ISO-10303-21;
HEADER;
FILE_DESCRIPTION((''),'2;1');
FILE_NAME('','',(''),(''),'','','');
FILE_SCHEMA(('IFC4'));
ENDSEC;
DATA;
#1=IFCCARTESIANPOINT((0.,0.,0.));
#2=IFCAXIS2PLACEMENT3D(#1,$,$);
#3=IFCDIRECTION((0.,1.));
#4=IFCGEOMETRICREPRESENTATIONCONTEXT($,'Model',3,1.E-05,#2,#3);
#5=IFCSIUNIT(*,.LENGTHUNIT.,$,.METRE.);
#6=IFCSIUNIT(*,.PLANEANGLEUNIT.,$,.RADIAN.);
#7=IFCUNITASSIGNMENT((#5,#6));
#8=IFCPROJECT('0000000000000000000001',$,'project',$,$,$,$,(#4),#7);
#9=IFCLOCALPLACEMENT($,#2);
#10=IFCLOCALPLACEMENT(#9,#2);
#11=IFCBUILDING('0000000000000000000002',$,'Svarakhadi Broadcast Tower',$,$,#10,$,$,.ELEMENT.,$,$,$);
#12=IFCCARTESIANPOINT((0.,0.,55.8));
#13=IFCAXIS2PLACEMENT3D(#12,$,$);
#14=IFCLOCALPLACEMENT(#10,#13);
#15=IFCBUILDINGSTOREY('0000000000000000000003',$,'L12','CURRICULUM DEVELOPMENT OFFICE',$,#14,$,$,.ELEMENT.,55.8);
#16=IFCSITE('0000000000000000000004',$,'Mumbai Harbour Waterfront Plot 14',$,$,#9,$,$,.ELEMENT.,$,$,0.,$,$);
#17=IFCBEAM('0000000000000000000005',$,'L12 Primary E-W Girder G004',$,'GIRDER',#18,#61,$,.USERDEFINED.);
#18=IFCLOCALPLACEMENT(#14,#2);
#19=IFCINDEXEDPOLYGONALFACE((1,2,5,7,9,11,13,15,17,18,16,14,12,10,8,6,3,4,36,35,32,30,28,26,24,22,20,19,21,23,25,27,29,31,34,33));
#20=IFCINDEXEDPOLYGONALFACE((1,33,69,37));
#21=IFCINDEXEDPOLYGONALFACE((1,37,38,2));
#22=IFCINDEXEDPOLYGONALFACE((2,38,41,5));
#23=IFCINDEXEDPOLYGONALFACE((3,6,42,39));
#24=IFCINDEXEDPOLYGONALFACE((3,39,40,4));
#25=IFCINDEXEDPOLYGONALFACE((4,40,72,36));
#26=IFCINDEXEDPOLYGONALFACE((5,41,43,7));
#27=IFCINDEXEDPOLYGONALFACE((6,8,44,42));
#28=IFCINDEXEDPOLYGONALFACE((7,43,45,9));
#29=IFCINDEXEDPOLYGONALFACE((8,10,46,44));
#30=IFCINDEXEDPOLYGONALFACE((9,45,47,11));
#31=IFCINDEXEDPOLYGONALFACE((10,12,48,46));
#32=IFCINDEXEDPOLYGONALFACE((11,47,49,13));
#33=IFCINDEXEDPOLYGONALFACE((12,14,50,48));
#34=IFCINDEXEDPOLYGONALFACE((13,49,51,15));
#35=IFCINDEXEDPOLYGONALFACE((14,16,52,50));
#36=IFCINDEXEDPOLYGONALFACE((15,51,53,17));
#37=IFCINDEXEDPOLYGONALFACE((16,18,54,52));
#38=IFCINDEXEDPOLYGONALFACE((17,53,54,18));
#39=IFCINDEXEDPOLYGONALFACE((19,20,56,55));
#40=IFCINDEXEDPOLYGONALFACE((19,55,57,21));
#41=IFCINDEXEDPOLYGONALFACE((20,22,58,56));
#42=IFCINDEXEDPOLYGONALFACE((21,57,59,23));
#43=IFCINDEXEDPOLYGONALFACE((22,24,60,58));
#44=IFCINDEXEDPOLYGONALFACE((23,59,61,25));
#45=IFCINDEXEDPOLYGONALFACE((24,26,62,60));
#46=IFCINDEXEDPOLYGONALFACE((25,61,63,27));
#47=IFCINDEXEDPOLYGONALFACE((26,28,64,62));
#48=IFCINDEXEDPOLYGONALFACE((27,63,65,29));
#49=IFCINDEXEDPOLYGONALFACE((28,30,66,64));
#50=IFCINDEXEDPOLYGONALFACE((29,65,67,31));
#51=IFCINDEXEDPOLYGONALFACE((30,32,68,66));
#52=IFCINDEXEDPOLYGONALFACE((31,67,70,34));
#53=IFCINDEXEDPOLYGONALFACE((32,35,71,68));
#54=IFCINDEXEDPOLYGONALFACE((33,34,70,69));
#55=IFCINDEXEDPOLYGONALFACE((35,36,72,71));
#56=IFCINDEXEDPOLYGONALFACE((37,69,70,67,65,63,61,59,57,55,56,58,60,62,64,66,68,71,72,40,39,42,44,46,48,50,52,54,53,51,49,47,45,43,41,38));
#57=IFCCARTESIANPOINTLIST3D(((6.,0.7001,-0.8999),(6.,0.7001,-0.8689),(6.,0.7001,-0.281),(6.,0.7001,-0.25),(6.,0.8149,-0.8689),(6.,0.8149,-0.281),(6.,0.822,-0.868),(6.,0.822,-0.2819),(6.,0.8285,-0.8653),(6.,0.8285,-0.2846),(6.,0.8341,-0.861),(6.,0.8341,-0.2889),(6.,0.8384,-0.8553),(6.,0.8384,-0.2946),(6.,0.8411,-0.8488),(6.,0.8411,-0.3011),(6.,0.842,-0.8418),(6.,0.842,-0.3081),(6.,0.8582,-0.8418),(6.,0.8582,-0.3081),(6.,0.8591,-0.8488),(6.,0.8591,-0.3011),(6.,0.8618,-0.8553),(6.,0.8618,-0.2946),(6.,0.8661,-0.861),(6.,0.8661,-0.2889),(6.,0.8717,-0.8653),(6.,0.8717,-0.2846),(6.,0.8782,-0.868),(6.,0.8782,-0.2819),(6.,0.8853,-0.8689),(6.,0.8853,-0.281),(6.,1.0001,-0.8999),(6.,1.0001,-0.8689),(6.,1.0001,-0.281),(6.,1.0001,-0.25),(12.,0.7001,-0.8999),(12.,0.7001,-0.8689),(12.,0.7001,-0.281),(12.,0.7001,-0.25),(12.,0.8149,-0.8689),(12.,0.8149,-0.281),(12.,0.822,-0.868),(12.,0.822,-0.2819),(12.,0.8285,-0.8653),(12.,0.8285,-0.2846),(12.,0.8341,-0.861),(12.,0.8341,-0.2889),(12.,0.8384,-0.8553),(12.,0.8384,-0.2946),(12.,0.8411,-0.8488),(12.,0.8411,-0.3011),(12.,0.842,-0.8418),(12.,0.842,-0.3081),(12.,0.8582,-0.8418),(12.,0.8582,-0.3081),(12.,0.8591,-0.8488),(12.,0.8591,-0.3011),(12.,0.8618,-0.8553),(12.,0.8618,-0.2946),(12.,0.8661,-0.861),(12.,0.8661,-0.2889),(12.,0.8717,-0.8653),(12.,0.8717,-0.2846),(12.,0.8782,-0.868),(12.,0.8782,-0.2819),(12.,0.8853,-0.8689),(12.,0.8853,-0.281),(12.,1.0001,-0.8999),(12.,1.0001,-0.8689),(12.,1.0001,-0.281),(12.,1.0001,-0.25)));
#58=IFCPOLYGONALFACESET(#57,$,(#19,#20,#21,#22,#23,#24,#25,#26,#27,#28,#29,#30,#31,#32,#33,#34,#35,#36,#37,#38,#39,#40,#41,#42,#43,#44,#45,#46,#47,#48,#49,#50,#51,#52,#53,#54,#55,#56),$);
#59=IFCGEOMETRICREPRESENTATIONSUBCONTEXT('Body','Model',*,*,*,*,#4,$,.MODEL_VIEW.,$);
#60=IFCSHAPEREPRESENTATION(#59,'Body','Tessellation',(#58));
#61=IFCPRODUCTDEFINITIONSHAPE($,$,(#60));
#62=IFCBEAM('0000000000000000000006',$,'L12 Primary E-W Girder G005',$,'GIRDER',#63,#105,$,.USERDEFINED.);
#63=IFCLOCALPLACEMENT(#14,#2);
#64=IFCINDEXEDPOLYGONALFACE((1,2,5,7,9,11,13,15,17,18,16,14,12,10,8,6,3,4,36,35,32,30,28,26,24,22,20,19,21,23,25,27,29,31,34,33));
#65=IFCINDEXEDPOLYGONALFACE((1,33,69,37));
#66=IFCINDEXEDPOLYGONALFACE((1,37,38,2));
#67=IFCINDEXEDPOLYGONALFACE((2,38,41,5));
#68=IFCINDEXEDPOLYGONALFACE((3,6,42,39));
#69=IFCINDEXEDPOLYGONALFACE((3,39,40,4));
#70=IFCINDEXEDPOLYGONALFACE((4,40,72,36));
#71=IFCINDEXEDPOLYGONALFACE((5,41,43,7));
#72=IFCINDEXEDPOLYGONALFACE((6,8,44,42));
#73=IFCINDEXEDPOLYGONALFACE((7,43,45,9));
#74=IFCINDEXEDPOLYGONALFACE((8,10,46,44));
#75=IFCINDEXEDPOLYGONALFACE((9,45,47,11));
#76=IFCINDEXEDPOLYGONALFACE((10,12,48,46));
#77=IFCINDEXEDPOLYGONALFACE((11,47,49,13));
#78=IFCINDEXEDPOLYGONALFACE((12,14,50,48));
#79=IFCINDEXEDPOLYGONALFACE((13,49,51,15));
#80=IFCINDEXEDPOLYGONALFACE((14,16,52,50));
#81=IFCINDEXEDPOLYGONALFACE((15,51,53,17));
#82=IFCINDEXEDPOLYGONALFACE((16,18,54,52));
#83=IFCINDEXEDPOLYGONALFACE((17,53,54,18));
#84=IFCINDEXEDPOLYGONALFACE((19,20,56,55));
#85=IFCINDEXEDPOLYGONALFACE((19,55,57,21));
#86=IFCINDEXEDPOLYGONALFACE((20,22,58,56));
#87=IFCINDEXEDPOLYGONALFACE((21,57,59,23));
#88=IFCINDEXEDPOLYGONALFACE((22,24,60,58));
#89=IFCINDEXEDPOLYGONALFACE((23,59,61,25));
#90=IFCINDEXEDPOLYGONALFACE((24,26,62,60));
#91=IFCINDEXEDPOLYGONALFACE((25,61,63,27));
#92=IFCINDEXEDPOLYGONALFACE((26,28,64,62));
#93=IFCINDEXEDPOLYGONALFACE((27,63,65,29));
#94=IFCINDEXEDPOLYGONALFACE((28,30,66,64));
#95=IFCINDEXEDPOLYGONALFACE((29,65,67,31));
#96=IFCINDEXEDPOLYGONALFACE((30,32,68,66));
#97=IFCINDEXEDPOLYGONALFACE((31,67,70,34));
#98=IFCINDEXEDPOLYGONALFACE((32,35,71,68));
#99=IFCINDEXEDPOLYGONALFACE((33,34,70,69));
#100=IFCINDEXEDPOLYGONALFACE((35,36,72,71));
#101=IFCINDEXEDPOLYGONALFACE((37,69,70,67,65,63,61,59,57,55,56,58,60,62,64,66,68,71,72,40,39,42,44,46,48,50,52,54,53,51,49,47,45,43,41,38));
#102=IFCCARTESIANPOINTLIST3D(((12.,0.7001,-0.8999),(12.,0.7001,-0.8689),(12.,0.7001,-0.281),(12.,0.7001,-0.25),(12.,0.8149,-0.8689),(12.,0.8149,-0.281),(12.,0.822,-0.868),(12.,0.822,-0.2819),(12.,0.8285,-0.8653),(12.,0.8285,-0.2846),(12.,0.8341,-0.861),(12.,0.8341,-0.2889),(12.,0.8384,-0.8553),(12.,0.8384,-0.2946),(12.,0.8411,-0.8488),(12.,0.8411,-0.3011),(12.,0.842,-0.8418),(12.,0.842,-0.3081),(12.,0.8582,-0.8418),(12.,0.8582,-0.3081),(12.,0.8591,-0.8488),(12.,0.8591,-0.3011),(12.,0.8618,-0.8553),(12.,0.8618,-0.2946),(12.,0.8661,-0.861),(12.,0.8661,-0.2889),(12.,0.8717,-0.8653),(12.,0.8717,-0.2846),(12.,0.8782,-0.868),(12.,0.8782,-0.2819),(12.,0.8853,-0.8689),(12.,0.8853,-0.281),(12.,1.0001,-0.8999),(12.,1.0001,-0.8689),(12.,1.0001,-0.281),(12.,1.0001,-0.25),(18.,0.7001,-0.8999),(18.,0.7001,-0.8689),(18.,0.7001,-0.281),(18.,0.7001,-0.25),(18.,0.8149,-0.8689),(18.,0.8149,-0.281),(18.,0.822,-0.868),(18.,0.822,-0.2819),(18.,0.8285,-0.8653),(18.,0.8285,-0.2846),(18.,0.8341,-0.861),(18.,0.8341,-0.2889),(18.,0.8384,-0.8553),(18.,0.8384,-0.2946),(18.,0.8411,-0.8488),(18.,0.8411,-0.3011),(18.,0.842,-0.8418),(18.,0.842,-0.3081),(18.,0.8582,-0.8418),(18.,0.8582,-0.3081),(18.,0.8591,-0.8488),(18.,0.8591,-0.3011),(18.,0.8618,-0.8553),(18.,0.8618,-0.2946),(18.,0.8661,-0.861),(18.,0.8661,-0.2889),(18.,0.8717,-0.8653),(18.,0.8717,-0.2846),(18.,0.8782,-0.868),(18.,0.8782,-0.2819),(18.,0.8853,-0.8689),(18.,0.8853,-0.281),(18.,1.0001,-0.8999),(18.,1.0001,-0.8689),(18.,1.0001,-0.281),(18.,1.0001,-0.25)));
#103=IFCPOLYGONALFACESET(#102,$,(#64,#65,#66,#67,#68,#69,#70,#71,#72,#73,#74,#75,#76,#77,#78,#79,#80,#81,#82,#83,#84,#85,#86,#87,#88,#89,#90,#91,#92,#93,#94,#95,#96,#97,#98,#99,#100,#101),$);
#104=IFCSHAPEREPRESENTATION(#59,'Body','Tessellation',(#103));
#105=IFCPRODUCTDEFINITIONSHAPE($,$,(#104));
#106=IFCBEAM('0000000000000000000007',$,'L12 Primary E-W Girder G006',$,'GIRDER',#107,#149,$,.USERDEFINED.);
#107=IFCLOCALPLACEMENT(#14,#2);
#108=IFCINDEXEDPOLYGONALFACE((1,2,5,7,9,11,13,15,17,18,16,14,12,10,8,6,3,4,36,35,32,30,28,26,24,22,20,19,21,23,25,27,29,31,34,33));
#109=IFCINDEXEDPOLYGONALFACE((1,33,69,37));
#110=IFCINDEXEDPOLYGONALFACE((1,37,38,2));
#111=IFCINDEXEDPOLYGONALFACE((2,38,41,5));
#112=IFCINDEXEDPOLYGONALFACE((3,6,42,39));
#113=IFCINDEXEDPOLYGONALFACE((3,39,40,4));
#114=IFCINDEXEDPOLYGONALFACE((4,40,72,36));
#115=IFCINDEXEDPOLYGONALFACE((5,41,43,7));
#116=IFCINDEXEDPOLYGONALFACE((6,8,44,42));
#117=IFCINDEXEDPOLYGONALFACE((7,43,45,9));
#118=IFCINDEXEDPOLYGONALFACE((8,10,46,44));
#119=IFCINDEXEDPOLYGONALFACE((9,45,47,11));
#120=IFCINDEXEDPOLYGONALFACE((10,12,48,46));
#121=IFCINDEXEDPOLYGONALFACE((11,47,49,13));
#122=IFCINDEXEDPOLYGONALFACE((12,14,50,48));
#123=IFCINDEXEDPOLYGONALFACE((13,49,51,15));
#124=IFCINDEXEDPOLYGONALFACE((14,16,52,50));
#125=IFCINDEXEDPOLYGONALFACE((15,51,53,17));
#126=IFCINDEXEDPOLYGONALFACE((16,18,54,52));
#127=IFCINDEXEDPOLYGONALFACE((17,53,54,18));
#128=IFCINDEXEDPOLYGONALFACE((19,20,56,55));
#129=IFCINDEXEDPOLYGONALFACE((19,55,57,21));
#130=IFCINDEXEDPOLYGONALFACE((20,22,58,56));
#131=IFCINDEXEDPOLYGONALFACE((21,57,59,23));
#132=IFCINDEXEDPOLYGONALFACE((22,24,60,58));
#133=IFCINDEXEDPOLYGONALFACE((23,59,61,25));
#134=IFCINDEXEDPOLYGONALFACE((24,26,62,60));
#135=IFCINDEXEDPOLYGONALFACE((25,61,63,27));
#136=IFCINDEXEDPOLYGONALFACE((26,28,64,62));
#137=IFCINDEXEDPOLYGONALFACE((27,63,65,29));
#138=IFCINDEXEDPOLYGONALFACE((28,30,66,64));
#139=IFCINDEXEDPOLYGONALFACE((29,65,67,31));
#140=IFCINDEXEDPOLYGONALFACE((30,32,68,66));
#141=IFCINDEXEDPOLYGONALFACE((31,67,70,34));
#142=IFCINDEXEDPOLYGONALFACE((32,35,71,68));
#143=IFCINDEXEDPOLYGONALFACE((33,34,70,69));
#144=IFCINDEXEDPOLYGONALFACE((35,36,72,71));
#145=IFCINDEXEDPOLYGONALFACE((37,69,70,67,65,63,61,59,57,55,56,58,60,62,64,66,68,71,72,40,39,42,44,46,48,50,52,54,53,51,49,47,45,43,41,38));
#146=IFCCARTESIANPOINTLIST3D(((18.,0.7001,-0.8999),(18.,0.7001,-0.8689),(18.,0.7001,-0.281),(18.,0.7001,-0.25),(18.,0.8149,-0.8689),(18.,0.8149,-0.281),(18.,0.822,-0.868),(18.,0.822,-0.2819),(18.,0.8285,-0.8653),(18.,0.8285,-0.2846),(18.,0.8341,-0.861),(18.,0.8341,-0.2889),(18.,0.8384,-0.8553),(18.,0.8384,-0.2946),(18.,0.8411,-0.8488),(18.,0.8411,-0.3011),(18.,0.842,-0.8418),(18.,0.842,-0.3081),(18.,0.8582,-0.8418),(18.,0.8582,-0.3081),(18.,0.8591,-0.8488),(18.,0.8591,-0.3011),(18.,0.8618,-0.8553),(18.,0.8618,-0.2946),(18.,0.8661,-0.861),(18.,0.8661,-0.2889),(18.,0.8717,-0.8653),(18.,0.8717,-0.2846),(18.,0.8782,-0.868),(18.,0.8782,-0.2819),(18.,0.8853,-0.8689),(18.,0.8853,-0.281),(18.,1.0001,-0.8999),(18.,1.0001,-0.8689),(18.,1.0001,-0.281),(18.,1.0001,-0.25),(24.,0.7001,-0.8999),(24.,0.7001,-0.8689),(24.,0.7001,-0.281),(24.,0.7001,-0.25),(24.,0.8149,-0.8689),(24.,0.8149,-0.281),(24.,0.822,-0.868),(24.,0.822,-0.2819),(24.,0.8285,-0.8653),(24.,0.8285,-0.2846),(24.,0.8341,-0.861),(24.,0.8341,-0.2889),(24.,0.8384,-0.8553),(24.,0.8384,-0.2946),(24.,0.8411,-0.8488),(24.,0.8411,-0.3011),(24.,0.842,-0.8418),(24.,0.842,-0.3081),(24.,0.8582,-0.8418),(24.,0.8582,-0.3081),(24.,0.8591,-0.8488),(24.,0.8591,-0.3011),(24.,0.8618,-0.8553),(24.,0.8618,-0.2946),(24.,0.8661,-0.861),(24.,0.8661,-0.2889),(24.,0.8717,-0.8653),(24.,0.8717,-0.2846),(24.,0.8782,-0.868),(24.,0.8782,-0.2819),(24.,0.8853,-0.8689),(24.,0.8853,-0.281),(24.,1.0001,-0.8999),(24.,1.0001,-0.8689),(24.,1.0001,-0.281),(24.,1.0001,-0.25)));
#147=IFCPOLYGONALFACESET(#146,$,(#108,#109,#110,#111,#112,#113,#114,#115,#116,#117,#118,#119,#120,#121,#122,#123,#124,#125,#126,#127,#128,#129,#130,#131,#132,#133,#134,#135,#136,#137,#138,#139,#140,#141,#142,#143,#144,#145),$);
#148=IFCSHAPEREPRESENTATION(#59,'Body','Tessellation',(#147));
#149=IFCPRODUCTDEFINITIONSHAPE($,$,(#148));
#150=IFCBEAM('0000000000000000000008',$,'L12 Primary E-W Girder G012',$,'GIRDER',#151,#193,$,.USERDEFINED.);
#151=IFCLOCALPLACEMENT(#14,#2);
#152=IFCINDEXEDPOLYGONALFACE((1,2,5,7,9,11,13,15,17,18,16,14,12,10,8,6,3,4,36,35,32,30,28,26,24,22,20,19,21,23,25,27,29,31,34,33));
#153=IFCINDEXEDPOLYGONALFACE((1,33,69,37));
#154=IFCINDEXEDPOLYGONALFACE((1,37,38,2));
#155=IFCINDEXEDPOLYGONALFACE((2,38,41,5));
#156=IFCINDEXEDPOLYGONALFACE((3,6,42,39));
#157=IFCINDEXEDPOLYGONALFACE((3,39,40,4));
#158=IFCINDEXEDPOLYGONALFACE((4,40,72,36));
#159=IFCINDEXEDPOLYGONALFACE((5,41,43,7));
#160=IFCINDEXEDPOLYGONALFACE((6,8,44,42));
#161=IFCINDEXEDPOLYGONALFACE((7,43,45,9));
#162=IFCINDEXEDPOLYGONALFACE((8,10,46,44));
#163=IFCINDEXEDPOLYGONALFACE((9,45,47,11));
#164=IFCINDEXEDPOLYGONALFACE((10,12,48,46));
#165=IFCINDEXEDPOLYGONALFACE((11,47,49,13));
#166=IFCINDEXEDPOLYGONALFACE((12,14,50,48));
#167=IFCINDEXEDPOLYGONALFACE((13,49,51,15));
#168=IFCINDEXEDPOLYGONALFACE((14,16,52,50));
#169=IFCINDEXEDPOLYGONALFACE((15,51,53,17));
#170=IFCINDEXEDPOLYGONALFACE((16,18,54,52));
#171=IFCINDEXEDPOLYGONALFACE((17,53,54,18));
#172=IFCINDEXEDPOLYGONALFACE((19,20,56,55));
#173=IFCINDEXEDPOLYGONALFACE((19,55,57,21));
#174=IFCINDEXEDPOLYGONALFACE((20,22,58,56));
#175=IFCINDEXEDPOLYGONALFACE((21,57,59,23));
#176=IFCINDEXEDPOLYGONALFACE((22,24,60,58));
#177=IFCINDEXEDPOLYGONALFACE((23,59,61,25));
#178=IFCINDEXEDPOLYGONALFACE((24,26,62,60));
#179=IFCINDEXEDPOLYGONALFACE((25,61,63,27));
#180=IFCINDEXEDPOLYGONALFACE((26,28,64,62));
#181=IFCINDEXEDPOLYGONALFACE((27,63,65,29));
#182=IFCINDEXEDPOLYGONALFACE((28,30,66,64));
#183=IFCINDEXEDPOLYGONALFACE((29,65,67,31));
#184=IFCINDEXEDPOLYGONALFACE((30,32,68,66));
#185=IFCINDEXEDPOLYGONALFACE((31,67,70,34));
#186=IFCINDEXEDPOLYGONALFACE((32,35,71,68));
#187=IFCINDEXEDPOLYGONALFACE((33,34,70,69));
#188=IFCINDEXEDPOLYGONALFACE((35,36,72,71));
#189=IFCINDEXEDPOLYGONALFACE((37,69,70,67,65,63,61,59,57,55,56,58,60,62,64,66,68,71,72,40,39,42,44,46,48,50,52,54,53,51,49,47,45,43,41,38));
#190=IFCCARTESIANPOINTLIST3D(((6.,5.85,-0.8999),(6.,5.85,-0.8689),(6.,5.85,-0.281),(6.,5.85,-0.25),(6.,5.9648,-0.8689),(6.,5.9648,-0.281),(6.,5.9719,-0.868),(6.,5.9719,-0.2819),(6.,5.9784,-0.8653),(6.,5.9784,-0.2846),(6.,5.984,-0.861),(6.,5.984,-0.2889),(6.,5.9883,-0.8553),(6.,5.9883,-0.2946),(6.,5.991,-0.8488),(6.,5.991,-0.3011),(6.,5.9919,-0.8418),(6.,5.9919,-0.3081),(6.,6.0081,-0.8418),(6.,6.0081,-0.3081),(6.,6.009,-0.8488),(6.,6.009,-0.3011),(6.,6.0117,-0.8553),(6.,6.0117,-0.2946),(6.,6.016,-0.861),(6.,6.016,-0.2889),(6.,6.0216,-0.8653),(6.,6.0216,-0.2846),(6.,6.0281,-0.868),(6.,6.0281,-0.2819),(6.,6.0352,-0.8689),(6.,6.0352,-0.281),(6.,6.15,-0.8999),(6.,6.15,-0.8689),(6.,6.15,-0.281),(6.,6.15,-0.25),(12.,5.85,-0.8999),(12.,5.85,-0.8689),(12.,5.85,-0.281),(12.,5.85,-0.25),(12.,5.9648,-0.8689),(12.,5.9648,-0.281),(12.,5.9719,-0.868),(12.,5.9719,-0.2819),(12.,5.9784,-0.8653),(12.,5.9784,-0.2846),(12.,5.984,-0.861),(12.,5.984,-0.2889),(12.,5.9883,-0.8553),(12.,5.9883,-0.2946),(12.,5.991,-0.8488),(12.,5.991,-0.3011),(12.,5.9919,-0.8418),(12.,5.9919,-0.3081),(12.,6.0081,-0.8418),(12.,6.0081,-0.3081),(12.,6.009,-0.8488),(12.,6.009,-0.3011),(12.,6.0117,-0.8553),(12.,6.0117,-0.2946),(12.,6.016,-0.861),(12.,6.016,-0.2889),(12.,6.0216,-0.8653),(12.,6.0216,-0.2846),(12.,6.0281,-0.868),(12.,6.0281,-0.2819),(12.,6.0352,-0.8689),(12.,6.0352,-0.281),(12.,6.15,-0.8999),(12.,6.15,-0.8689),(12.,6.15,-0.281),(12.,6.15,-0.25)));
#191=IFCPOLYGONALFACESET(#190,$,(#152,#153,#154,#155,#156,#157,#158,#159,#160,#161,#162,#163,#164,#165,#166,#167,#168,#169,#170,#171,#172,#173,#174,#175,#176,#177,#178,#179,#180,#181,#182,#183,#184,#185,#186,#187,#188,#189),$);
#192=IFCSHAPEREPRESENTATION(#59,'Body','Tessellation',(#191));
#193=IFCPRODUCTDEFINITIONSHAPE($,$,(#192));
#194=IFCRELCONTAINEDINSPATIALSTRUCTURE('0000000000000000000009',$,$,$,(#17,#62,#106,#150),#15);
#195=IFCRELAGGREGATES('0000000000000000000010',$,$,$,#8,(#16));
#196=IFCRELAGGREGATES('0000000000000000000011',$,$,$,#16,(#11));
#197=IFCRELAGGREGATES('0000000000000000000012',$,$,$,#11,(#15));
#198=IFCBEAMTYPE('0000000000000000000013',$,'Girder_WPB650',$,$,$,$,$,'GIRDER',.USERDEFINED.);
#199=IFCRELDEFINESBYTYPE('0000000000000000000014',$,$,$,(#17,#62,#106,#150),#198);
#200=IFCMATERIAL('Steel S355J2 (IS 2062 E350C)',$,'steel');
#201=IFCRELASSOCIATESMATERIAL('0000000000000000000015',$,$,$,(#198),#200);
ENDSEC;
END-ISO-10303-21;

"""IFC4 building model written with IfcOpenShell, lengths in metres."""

from ifc_helpers import new_model, si_unit, direction, frame, origin, origin_2d, place, context, subcontext, project, spatial, i_section, extrude, material, material_profile, profile_set, type_object, element, save


model = new_model("IFC4")

# Units and contexts
model_context = context("Model", 3, precision=1e-05, world=origin(), true_north=direction((0.0, 1.0)))
body_context = subcontext(model_context, "Body", "Model", "MODEL_VIEW")
ifc_project = project(units=[si_unit("LENGTHUNIT", "METRE"), si_unit("PLANEANGLEUNIT", "RADIAN")], contexts=[model_context])

# Site, building, storey
site_placement = place(None, origin())
site = spatial("IfcSite", under=ifc_project, at=site_placement, Name="Mumbai Harbour Waterfront Plot 14", CompositionType="ELEMENT", RefElevation=0.0)
building_placement = place(site_placement, origin())
building = spatial("IfcBuilding", under=site, at=building_placement, Name="Svarakhadi Broadcast Tower", CompositionType="ELEMENT")
storey_placement = place(building_placement, frame((0.0, 0.0, 55.8)))
storey = spatial("IfcBuildingStorey", under=building, at=storey_placement, Name="L12", Description="CURRICULUM DEVELOPMENT OFFICE", CompositionType="ELEMENT", Elevation=55.8)

# Shared definitions
ifc_material_1 = material(Name="Steel S355J2 (IS 2062 E350C)", Category="steel")

# Beams
ifc_material_profile_1 = material_profile(ifc_material_1, i_section(OverallWidth=0.3, OverallDepth=0.6499, WebThickness=0.0161, FlangeThickness=0.031, FilletRadius=0.0271, at=origin_2d()), Name="WPB 650x300x225")
ifc_profile_set_1 = profile_set([ifc_material_profile_1], Name="Steel S355J2 (IS 2062 E350C)")
beam_type_1 = type_object("IfcBeamType", Name="Girder_WPB650", ElementType="GIRDER", PredefinedType="USERDEFINED", material=ifc_profile_set_1)
for number, where, z_axis, x_axis, name in (
    (1, (6.0, 0.8501, -0.575), (1.0, 0.0, 0.0), (0.0, 1.0, 0.0), "L12 Primary E-W Girder G004"),
    (2, (12.0, 0.8501, -0.575), (1.0, 0.0, 0.0), (0.0, 1.0, 0.0), "L12 Primary E-W Girder G005"),
    (3, (18.0, 0.8501, -0.575), (1.0, 0.0, 0.0), (0.0, 1.0, 0.0), "L12 Primary E-W Girder G006"),
    (4, (6.0, 6.0, -0.575), (1.0, 0.0, 0.0), (0.0, 1.0, 0.0), "L12 Primary E-W Girder G012"),
):
    element("IfcBeam", number, at=place(storey_placement, frame(where, z_axis=z_axis, x_axis=x_axis)), inside=storey, type_object=beam_type_1, Name=name, ObjectType="GIRDER", PredefinedType="USERDEFINED", context=body_context, shape_type="SweptSolid", body=[
        extrude(i_section(OverallWidth=0.3, OverallDepth=0.6499, WebThickness=0.0161, FlangeThickness=0.031, FilletRadius=0.0271, at=origin_2d()), origin(), (0.0, 0.0, 1.0), 6.0),
    ])

save(model, "model.ifc")
